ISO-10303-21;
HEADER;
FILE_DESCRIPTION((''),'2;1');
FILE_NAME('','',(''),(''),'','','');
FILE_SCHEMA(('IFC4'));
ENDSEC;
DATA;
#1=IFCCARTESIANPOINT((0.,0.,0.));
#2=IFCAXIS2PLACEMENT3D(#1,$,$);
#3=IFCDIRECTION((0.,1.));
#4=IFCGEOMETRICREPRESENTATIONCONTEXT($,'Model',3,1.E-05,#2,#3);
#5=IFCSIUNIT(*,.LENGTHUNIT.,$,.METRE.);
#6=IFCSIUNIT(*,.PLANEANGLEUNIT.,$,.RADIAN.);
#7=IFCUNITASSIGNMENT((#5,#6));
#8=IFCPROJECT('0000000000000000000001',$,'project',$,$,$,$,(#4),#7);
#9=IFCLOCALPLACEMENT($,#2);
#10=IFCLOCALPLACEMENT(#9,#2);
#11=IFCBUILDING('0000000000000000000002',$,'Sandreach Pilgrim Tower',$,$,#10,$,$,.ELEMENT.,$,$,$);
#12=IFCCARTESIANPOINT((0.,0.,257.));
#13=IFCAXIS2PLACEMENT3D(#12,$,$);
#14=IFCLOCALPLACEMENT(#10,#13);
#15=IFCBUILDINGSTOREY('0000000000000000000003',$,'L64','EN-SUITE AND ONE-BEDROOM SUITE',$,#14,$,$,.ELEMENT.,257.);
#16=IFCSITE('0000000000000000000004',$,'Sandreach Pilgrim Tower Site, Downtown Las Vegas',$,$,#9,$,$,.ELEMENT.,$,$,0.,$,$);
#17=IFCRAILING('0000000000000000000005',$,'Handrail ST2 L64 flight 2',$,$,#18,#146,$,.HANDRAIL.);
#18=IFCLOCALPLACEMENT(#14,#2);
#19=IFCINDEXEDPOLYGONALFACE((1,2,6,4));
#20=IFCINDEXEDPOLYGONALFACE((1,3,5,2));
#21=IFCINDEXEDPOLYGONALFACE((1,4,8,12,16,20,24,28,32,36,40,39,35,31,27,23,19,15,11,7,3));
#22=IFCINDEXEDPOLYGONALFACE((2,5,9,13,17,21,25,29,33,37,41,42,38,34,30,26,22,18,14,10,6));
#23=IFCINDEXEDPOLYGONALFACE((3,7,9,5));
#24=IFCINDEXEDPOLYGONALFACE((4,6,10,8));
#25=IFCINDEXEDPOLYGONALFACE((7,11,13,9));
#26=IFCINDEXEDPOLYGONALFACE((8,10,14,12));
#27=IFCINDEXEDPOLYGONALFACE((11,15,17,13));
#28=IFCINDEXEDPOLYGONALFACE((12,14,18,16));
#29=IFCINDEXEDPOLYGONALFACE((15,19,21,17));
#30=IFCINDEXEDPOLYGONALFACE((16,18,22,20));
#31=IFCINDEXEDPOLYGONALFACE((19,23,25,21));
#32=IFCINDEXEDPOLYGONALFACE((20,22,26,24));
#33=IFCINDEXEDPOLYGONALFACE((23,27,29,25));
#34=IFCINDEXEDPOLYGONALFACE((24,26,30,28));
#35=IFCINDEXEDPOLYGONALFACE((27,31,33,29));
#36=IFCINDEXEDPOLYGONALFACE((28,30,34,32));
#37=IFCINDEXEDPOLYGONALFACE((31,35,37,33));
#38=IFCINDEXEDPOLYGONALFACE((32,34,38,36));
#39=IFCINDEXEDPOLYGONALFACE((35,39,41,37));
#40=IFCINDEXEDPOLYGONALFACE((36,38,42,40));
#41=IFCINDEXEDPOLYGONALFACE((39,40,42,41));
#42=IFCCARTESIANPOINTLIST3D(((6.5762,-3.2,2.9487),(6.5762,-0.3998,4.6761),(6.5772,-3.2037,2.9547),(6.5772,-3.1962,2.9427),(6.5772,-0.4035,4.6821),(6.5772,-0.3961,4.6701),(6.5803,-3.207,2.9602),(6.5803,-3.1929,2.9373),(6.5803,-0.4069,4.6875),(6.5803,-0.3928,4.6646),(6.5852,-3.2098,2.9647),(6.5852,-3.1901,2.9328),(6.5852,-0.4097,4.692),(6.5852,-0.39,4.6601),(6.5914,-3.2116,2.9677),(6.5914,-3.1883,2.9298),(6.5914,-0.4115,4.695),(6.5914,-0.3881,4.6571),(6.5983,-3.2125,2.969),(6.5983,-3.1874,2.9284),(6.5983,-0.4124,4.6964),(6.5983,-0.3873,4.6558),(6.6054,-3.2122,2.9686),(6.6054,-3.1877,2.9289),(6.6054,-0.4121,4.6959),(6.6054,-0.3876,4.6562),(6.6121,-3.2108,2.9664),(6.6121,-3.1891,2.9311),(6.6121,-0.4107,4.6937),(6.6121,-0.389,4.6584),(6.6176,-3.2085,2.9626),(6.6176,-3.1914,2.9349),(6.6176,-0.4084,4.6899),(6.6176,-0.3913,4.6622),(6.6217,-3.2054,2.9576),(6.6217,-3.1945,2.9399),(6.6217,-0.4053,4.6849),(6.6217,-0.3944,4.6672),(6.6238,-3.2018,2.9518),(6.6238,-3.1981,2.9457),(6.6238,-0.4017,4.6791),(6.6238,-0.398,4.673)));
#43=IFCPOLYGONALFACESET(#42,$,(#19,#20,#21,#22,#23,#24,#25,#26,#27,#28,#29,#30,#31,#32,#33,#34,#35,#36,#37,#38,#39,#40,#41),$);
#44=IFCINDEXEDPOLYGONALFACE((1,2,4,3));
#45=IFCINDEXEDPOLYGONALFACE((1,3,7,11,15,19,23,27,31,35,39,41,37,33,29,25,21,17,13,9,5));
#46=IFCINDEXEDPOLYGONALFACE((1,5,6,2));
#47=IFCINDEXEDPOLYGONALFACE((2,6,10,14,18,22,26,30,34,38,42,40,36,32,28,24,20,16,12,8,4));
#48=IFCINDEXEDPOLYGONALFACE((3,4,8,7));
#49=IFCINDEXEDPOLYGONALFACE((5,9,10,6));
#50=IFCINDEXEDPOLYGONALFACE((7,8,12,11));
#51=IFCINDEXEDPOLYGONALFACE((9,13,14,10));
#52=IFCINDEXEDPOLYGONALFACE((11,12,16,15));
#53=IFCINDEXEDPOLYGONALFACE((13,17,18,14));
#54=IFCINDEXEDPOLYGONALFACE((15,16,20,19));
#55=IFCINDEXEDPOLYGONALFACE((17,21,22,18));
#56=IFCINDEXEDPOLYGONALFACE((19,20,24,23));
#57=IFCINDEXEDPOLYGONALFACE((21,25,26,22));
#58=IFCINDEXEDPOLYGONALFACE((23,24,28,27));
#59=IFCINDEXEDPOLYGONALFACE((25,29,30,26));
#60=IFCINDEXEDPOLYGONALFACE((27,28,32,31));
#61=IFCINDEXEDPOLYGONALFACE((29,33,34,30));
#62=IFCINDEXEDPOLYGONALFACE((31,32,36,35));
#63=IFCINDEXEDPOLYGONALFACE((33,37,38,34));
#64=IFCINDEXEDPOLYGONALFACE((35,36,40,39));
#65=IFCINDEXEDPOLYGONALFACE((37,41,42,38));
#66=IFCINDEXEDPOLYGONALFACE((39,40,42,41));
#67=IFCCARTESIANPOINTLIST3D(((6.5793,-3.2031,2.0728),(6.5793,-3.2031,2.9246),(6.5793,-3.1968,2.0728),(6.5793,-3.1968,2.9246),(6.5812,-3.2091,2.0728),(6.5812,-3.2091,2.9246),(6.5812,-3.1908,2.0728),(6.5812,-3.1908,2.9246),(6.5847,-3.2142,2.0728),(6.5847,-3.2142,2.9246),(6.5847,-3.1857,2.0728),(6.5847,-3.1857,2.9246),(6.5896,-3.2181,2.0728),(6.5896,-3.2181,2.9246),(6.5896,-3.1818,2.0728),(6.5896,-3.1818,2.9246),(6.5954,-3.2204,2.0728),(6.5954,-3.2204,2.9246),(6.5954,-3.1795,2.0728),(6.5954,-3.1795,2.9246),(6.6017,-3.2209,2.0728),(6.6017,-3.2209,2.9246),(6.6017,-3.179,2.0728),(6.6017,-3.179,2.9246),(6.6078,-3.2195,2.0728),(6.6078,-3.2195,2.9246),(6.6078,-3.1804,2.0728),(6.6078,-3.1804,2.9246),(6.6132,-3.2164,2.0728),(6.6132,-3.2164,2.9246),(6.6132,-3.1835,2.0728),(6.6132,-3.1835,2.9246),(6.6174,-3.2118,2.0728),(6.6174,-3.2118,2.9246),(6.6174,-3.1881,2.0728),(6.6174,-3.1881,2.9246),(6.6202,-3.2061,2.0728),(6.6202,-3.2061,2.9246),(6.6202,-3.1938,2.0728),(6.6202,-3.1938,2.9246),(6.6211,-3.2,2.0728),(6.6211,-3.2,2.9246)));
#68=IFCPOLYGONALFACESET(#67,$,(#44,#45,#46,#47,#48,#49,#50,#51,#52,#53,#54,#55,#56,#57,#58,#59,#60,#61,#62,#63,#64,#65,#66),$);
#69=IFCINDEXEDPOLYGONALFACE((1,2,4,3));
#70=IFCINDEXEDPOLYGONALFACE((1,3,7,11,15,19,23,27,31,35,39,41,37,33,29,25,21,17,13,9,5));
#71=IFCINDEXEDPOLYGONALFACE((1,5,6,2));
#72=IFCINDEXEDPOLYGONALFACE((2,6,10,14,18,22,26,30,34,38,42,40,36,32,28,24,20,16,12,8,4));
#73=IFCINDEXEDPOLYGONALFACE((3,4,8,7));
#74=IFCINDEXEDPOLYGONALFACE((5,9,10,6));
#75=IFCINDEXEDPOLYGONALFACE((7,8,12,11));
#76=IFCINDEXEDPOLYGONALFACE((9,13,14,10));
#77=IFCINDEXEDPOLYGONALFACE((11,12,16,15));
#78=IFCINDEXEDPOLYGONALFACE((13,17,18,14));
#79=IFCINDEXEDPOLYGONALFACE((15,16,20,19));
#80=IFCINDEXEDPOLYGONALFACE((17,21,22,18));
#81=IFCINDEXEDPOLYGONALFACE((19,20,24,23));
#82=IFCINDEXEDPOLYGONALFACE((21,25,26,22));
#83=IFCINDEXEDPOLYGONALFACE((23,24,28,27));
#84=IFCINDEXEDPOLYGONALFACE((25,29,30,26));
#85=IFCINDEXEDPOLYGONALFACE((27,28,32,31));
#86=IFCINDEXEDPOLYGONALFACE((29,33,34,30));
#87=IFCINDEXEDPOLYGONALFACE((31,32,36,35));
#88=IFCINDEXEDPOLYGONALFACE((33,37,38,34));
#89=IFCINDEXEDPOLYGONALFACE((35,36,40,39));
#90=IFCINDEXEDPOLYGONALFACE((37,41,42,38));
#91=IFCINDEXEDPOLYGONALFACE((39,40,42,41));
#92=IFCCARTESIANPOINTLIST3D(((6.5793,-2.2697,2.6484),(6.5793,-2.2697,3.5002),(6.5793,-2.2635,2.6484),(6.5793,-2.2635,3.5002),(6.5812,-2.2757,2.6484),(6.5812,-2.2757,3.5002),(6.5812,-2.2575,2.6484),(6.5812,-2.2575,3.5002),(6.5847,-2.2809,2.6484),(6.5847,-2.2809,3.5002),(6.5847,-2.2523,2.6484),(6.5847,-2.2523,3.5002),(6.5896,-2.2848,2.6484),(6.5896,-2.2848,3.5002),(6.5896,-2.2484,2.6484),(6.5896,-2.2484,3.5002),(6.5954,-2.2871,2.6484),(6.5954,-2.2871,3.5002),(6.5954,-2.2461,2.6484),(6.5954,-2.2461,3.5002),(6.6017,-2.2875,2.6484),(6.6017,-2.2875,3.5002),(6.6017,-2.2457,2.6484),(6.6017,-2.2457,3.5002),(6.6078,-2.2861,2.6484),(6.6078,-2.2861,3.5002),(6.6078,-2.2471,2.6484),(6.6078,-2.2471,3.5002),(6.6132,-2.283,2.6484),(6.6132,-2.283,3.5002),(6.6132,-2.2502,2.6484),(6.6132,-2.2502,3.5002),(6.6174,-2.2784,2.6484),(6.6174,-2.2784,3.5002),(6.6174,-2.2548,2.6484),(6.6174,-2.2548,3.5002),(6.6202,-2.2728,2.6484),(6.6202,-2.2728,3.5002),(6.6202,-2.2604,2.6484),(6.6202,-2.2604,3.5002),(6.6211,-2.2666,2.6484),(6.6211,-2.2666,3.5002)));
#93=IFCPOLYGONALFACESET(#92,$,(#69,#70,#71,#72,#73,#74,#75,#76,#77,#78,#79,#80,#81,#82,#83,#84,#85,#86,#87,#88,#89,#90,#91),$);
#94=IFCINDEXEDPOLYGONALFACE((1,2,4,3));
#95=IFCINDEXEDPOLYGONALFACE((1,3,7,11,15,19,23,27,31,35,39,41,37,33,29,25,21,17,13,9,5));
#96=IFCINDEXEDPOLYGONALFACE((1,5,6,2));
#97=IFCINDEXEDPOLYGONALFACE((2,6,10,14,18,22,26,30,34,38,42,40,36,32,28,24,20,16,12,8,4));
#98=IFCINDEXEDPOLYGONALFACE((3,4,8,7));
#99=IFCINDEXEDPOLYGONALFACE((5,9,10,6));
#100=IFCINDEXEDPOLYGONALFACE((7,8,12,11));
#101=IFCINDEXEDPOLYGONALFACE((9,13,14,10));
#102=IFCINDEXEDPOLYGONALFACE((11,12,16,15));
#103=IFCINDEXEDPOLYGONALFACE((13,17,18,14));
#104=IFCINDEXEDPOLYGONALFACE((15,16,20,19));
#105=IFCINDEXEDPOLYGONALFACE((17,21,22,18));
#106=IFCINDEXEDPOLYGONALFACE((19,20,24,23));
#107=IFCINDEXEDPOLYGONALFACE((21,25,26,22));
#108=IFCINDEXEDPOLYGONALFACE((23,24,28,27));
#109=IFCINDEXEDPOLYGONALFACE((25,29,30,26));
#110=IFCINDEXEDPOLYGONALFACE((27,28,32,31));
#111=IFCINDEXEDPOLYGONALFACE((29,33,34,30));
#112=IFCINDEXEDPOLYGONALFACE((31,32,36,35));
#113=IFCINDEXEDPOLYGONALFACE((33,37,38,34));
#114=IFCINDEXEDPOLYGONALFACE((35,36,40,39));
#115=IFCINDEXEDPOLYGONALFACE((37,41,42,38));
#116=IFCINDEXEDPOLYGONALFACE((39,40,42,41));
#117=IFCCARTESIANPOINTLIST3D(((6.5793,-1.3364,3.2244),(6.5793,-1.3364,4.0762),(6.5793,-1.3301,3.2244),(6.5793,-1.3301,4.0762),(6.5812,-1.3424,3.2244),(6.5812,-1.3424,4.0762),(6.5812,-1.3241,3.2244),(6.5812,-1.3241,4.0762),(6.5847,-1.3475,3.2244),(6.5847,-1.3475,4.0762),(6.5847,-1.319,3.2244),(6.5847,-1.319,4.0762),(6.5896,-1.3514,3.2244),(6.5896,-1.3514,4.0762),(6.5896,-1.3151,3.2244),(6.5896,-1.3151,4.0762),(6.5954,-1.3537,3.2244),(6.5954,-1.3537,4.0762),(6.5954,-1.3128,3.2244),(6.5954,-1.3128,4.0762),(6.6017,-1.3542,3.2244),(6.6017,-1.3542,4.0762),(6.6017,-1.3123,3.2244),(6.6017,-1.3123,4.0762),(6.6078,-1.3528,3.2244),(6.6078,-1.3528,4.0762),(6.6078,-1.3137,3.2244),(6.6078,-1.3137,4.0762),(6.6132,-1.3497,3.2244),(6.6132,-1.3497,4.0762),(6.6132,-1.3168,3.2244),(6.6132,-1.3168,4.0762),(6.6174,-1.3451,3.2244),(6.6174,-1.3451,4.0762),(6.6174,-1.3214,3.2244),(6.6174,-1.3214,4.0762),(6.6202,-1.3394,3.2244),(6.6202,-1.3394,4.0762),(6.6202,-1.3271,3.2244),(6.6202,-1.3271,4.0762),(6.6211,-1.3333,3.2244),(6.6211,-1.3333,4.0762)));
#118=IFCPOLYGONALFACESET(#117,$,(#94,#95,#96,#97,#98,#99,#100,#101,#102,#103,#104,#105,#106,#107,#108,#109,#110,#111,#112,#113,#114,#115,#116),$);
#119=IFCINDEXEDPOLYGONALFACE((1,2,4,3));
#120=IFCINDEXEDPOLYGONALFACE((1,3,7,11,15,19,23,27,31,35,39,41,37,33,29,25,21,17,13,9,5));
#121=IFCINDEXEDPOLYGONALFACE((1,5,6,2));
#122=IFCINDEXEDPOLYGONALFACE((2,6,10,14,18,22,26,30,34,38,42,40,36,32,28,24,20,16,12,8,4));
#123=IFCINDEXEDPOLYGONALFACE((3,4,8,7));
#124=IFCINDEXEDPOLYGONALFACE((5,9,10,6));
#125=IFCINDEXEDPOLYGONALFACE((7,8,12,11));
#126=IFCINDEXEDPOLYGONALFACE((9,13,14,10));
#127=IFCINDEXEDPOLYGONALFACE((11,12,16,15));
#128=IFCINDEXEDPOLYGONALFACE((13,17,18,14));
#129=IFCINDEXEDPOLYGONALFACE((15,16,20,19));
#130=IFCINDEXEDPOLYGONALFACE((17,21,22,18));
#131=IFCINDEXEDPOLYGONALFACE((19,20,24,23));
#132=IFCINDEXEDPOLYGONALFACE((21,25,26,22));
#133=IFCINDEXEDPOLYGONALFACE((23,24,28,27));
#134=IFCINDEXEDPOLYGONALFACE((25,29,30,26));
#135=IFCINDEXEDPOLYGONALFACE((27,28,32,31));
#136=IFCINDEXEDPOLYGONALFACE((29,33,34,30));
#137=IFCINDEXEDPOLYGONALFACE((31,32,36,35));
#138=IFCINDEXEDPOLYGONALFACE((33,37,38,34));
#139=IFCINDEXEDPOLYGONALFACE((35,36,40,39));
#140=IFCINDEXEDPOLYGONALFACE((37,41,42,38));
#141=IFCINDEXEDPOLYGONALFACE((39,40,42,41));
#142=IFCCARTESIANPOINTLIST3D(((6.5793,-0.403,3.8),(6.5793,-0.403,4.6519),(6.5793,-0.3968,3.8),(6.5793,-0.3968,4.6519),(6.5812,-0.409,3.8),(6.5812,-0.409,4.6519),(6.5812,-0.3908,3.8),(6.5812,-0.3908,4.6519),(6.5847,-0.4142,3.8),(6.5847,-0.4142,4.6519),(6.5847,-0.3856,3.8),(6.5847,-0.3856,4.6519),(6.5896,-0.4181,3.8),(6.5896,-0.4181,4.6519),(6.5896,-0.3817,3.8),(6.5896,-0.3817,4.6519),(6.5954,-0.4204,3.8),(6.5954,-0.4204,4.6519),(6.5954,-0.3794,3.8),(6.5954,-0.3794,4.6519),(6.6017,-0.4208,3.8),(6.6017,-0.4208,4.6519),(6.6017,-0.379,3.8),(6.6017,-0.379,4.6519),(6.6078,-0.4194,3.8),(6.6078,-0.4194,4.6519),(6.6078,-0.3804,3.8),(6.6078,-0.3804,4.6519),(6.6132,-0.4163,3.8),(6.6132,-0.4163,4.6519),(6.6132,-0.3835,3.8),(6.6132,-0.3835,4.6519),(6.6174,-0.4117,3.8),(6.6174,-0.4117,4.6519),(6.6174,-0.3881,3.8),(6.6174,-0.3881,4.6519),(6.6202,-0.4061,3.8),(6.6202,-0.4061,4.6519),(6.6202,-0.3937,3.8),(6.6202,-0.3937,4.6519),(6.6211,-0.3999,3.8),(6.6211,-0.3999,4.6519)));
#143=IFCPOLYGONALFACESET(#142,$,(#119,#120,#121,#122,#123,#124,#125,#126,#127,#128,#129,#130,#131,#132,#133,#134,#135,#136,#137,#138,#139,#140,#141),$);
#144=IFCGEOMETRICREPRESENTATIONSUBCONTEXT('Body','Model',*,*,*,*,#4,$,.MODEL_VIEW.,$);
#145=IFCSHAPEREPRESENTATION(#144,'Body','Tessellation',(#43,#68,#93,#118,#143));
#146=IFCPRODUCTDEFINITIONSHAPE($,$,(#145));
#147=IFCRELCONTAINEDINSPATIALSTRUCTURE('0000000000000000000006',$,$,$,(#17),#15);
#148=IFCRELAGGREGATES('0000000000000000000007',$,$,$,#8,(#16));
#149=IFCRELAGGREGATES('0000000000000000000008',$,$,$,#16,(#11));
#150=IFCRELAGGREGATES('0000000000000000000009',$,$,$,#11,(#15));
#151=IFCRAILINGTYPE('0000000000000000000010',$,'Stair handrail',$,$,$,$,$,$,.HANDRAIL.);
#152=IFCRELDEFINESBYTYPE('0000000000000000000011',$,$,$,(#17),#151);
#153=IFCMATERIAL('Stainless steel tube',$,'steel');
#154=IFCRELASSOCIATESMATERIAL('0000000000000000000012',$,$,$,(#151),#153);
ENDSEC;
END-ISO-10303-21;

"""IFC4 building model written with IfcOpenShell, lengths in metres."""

from ifc_helpers import new_model, si_unit, direction, frame, origin, origin_2d, place, context, subcontext, project, spatial, circle, extrude, material, type_object, element, save


model = new_model("IFC4")

# Units and contexts
model_context = context("Model", 3, precision=1e-05, world=origin(), true_north=direction((0.0, 1.0)))
body_context = subcontext(model_context, "Body", "Model", "MODEL_VIEW")
ifc_project = project(units=[si_unit("LENGTHUNIT", "METRE"), si_unit("PLANEANGLEUNIT", "RADIAN")], contexts=[model_context])

# Site, building, storey
site_placement = place(None, origin())
site = spatial("IfcSite", under=ifc_project, at=site_placement, Name="Sandreach Pilgrim Tower Site, Downtown Las Vegas", CompositionType="ELEMENT", RefElevation=0.0)
building_placement = place(site_placement, origin())
building = spatial("IfcBuilding", under=site, at=building_placement, Name="Sandreach Pilgrim Tower", CompositionType="ELEMENT")
storey_placement = place(building_placement, frame((0.0, 0.0, 257.0)))
storey = spatial("IfcBuildingStorey", under=building, at=storey_placement, Name="L64", Description="EN-SUITE AND ONE-BEDROOM SUITE", CompositionType="ELEMENT", Elevation=257.0)

# Railing
ifc_material_1 = material(Name="Stainless steel tube", Category="steel")
railing_type = type_object("IfcRailingType", Name="Stair handrail", PredefinedType="HANDRAIL", material=ifc_material_1)
railing_placement = place(storey_placement, frame((6.6001, -3.2, 2.0728)))
element("IfcRailing", 1, at=railing_placement, inside=storey, type_object=railing_type, Name="Handrail ST2 L64 flight 2", PredefinedType="HANDRAIL", context=body_context, shape_type="SweptSolid", body=[
    extrude(circle(Radius=0.0239, at=origin_2d()), frame((0.0, 0.0, 0.876), z_axis=(0.0, 0.85109, 0.52502), x_axis=(-1.0, 0.0, 0.0)), (0.0, 0.0, 1.0), 3.29),
    extrude(circle(Radius=0.021, at=origin_2d()), origin(), (0.0, 0.0, 1.0), 0.8518),
    extrude(circle(Radius=0.021, at=origin_2d()), frame((0.0, 0.9333, 0.5757)), (0.0, 0.0, 1.0), 0.8518),
    extrude(circle(Radius=0.021, at=origin_2d()), frame((0.0, 1.8667, 1.1516)), (0.0, 0.0, 1.0), 0.8518),
    extrude(circle(Radius=0.021, at=origin_2d()), frame((0.0, 2.8, 1.7273)), (0.0, 0.0, 1.0), 0.8518),
])

save(model, "model.ifc")
